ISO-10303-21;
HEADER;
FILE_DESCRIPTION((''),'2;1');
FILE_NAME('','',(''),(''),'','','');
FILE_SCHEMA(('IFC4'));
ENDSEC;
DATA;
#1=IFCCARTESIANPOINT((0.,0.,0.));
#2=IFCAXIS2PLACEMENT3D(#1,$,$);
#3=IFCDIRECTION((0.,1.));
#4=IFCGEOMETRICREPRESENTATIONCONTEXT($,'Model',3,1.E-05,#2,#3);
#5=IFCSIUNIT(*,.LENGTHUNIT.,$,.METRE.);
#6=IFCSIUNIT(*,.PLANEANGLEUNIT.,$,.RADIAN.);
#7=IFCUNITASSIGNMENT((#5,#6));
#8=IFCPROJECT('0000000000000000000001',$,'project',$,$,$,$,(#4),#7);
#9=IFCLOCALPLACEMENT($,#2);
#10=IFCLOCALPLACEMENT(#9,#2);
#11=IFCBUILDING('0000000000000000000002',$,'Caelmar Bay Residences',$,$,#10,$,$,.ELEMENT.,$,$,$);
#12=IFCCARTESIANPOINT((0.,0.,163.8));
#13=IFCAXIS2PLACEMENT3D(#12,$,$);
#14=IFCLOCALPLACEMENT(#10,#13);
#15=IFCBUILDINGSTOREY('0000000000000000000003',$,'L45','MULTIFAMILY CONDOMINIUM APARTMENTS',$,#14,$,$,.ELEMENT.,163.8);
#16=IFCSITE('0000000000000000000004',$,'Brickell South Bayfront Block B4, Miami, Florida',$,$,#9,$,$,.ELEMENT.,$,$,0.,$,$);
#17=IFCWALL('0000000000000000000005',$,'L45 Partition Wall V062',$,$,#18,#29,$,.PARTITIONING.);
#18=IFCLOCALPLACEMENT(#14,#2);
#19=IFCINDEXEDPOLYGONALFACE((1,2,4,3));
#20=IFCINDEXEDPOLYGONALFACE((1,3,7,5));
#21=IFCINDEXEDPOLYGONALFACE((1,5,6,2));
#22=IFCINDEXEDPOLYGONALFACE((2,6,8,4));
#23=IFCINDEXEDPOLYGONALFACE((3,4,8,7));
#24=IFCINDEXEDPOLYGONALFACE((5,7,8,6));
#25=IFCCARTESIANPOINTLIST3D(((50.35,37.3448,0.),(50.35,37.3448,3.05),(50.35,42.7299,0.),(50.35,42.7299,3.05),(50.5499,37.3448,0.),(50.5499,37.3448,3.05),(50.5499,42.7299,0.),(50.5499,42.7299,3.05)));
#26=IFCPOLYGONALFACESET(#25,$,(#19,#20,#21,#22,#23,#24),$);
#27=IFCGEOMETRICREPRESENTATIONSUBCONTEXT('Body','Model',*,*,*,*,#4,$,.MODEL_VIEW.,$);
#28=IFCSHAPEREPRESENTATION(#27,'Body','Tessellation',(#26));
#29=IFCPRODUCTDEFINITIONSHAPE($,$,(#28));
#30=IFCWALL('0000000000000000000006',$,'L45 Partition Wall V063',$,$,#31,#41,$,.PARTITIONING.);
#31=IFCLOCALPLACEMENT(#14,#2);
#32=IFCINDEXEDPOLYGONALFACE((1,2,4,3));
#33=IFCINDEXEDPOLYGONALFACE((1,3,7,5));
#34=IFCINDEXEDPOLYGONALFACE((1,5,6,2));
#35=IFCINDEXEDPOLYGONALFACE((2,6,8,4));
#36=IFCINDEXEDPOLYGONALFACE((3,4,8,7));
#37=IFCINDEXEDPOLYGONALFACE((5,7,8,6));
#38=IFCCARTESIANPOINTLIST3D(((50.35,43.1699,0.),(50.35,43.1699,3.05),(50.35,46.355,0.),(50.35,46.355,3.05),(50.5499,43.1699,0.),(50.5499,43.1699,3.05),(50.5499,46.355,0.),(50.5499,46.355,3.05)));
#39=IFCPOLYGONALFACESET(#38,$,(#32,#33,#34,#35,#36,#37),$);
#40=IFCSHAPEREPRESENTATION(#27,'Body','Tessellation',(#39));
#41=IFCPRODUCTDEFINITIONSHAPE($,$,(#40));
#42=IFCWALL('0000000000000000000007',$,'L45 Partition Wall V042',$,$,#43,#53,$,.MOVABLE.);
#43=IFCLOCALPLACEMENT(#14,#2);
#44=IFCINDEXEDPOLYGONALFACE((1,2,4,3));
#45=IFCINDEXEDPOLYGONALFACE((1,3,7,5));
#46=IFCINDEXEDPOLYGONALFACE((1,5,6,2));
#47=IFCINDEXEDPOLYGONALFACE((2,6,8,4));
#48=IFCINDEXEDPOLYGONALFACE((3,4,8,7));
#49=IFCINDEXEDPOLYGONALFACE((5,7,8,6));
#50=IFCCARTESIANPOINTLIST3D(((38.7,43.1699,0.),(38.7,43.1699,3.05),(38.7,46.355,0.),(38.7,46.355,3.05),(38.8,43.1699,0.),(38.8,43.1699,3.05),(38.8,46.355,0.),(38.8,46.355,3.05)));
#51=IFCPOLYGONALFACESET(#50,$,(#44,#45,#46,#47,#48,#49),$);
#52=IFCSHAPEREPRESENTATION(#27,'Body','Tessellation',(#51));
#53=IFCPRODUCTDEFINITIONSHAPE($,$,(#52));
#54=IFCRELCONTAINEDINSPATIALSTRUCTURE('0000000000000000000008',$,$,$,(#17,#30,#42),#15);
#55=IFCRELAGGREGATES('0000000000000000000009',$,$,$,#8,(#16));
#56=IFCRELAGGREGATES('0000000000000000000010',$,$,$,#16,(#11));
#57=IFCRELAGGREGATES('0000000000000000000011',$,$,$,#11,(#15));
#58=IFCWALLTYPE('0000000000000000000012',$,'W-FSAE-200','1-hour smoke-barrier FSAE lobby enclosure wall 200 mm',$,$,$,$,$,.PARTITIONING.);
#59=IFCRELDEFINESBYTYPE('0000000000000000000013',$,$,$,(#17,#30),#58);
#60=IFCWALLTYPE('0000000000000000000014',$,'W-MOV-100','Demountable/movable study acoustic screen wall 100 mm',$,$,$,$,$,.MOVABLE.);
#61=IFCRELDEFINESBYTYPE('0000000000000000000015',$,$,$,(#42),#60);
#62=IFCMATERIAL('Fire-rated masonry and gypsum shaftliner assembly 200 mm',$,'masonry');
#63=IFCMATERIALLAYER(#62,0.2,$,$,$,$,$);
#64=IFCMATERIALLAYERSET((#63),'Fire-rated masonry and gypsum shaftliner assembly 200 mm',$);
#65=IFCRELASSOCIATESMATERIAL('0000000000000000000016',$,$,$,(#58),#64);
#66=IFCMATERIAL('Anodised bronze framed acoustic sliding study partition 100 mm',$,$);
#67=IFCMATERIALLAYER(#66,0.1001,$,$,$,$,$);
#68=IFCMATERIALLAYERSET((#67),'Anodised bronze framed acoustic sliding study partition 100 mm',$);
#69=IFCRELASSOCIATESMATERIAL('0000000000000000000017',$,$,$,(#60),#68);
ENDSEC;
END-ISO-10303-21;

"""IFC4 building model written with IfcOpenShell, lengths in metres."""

from ifc_helpers import new_model, si_unit, direction, frame, frame_2d, origin, place, context, subcontext, project, spatial, rectangle, extrude, material, layer, layer_set, type_object, element, save


model = new_model("IFC4")

# Units and contexts
model_context = context("Model", 3, precision=1e-05, world=origin(), true_north=direction((0.0, 1.0)))
body_context = subcontext(model_context, "Body", "Model", "MODEL_VIEW")
ifc_project = project(units=[si_unit("LENGTHUNIT", "METRE"), si_unit("PLANEANGLEUNIT", "RADIAN")], contexts=[model_context])

# Site, building, storey
site_placement = place(None, origin())
site = spatial("IfcSite", under=ifc_project, at=site_placement, Name="Brickell South Bayfront Block B4, Miami, Florida", CompositionType="ELEMENT", RefElevation=0.0)
building_placement = place(site_placement, origin())
building = spatial("IfcBuilding", under=site, at=building_placement, Name="Caelmar Bay Residences", CompositionType="ELEMENT")
storey_placement = place(building_placement, frame((0.0, 0.0, 163.8)))
storey = spatial("IfcBuildingStorey", under=building, at=storey_placement, Name="L45", Description="MULTIFAMILY CONDOMINIUM APARTMENTS", CompositionType="ELEMENT", Elevation=163.8)

# Walls
ifc_material_1 = material(Name="Fire-rated masonry and gypsum shaftliner assembly 200 mm", Category="masonry")
ifc_layer_1 = layer(ifc_material_1, 0.2)
ifc_layer_set_1 = layer_set([ifc_layer_1], Name="Fire-rated masonry and gypsum shaftliner assembly 200 mm")
wall_type_1 = type_object("IfcWallType", Name="W-FSAE-200", Description="1-hour smoke-barrier FSAE lobby enclosure wall 200 mm", PredefinedType="PARTITIONING", material=ifc_layer_set_1)
wall_1_placement = place(storey_placement, frame((50.45, 37.345, 0.0), z_axis=(0.0, 0.0, 1.0), x_axis=(0.0, 1.0, 0.0)))
element("IfcWall", 1, at=wall_1_placement, inside=storey, type_object=wall_type_1, Name="L45 Partition Wall V062", PredefinedType="PARTITIONING", context=body_context, shape_type="SweptSolid", body=[
    extrude(rectangle(XDim=5.385, YDim=0.2, at=frame_2d((2.6924, 0.0))), origin(), (0.0, 0.0, 1.0), 3.05),
])
wall_2_placement = place(storey_placement, frame((50.45, 43.1699, 0.0), z_axis=(0.0, 0.0, 1.0), x_axis=(0.0, 1.0, 0.0)))
element("IfcWall", 2, at=wall_2_placement, inside=storey, type_object=wall_type_1, Name="L45 Partition Wall V063", PredefinedType="PARTITIONING", context=body_context, shape_type="SweptSolid", body=[
    extrude(rectangle(XDim=3.1851, YDim=0.2, at=frame_2d((1.5925, 0.0))), origin(), (0.0, 0.0, 1.0), 3.05),
])
ifc_material_2 = material(Name="Anodised bronze framed acoustic sliding study partition 100 mm")
ifc_layer_2 = layer(ifc_material_2, 0.1001)
ifc_layer_set_2 = layer_set([ifc_layer_2], Name="Anodised bronze framed acoustic sliding study partition 100 mm")
wall_type_2 = type_object("IfcWallType", Name="W-MOV-100", Description="Demountable/movable study acoustic screen wall 100 mm", PredefinedType="MOVABLE", material=ifc_layer_set_2)
wall_3_placement = place(storey_placement, frame((38.75, 43.1699, 0.0), z_axis=(0.0, 0.0, 1.0), x_axis=(0.0, 1.0, 0.0)))
element("IfcWall", 3, at=wall_3_placement, inside=storey, type_object=wall_type_2, Name="L45 Partition Wall V042", PredefinedType="MOVABLE", context=body_context, shape_type="SweptSolid", body=[
    extrude(rectangle(XDim=3.1851, YDim=0.1001, at=frame_2d((1.5925, 0.0))), origin(), (0.0, 0.0, 1.0), 3.05),
])

save(model, "model.ifc")
